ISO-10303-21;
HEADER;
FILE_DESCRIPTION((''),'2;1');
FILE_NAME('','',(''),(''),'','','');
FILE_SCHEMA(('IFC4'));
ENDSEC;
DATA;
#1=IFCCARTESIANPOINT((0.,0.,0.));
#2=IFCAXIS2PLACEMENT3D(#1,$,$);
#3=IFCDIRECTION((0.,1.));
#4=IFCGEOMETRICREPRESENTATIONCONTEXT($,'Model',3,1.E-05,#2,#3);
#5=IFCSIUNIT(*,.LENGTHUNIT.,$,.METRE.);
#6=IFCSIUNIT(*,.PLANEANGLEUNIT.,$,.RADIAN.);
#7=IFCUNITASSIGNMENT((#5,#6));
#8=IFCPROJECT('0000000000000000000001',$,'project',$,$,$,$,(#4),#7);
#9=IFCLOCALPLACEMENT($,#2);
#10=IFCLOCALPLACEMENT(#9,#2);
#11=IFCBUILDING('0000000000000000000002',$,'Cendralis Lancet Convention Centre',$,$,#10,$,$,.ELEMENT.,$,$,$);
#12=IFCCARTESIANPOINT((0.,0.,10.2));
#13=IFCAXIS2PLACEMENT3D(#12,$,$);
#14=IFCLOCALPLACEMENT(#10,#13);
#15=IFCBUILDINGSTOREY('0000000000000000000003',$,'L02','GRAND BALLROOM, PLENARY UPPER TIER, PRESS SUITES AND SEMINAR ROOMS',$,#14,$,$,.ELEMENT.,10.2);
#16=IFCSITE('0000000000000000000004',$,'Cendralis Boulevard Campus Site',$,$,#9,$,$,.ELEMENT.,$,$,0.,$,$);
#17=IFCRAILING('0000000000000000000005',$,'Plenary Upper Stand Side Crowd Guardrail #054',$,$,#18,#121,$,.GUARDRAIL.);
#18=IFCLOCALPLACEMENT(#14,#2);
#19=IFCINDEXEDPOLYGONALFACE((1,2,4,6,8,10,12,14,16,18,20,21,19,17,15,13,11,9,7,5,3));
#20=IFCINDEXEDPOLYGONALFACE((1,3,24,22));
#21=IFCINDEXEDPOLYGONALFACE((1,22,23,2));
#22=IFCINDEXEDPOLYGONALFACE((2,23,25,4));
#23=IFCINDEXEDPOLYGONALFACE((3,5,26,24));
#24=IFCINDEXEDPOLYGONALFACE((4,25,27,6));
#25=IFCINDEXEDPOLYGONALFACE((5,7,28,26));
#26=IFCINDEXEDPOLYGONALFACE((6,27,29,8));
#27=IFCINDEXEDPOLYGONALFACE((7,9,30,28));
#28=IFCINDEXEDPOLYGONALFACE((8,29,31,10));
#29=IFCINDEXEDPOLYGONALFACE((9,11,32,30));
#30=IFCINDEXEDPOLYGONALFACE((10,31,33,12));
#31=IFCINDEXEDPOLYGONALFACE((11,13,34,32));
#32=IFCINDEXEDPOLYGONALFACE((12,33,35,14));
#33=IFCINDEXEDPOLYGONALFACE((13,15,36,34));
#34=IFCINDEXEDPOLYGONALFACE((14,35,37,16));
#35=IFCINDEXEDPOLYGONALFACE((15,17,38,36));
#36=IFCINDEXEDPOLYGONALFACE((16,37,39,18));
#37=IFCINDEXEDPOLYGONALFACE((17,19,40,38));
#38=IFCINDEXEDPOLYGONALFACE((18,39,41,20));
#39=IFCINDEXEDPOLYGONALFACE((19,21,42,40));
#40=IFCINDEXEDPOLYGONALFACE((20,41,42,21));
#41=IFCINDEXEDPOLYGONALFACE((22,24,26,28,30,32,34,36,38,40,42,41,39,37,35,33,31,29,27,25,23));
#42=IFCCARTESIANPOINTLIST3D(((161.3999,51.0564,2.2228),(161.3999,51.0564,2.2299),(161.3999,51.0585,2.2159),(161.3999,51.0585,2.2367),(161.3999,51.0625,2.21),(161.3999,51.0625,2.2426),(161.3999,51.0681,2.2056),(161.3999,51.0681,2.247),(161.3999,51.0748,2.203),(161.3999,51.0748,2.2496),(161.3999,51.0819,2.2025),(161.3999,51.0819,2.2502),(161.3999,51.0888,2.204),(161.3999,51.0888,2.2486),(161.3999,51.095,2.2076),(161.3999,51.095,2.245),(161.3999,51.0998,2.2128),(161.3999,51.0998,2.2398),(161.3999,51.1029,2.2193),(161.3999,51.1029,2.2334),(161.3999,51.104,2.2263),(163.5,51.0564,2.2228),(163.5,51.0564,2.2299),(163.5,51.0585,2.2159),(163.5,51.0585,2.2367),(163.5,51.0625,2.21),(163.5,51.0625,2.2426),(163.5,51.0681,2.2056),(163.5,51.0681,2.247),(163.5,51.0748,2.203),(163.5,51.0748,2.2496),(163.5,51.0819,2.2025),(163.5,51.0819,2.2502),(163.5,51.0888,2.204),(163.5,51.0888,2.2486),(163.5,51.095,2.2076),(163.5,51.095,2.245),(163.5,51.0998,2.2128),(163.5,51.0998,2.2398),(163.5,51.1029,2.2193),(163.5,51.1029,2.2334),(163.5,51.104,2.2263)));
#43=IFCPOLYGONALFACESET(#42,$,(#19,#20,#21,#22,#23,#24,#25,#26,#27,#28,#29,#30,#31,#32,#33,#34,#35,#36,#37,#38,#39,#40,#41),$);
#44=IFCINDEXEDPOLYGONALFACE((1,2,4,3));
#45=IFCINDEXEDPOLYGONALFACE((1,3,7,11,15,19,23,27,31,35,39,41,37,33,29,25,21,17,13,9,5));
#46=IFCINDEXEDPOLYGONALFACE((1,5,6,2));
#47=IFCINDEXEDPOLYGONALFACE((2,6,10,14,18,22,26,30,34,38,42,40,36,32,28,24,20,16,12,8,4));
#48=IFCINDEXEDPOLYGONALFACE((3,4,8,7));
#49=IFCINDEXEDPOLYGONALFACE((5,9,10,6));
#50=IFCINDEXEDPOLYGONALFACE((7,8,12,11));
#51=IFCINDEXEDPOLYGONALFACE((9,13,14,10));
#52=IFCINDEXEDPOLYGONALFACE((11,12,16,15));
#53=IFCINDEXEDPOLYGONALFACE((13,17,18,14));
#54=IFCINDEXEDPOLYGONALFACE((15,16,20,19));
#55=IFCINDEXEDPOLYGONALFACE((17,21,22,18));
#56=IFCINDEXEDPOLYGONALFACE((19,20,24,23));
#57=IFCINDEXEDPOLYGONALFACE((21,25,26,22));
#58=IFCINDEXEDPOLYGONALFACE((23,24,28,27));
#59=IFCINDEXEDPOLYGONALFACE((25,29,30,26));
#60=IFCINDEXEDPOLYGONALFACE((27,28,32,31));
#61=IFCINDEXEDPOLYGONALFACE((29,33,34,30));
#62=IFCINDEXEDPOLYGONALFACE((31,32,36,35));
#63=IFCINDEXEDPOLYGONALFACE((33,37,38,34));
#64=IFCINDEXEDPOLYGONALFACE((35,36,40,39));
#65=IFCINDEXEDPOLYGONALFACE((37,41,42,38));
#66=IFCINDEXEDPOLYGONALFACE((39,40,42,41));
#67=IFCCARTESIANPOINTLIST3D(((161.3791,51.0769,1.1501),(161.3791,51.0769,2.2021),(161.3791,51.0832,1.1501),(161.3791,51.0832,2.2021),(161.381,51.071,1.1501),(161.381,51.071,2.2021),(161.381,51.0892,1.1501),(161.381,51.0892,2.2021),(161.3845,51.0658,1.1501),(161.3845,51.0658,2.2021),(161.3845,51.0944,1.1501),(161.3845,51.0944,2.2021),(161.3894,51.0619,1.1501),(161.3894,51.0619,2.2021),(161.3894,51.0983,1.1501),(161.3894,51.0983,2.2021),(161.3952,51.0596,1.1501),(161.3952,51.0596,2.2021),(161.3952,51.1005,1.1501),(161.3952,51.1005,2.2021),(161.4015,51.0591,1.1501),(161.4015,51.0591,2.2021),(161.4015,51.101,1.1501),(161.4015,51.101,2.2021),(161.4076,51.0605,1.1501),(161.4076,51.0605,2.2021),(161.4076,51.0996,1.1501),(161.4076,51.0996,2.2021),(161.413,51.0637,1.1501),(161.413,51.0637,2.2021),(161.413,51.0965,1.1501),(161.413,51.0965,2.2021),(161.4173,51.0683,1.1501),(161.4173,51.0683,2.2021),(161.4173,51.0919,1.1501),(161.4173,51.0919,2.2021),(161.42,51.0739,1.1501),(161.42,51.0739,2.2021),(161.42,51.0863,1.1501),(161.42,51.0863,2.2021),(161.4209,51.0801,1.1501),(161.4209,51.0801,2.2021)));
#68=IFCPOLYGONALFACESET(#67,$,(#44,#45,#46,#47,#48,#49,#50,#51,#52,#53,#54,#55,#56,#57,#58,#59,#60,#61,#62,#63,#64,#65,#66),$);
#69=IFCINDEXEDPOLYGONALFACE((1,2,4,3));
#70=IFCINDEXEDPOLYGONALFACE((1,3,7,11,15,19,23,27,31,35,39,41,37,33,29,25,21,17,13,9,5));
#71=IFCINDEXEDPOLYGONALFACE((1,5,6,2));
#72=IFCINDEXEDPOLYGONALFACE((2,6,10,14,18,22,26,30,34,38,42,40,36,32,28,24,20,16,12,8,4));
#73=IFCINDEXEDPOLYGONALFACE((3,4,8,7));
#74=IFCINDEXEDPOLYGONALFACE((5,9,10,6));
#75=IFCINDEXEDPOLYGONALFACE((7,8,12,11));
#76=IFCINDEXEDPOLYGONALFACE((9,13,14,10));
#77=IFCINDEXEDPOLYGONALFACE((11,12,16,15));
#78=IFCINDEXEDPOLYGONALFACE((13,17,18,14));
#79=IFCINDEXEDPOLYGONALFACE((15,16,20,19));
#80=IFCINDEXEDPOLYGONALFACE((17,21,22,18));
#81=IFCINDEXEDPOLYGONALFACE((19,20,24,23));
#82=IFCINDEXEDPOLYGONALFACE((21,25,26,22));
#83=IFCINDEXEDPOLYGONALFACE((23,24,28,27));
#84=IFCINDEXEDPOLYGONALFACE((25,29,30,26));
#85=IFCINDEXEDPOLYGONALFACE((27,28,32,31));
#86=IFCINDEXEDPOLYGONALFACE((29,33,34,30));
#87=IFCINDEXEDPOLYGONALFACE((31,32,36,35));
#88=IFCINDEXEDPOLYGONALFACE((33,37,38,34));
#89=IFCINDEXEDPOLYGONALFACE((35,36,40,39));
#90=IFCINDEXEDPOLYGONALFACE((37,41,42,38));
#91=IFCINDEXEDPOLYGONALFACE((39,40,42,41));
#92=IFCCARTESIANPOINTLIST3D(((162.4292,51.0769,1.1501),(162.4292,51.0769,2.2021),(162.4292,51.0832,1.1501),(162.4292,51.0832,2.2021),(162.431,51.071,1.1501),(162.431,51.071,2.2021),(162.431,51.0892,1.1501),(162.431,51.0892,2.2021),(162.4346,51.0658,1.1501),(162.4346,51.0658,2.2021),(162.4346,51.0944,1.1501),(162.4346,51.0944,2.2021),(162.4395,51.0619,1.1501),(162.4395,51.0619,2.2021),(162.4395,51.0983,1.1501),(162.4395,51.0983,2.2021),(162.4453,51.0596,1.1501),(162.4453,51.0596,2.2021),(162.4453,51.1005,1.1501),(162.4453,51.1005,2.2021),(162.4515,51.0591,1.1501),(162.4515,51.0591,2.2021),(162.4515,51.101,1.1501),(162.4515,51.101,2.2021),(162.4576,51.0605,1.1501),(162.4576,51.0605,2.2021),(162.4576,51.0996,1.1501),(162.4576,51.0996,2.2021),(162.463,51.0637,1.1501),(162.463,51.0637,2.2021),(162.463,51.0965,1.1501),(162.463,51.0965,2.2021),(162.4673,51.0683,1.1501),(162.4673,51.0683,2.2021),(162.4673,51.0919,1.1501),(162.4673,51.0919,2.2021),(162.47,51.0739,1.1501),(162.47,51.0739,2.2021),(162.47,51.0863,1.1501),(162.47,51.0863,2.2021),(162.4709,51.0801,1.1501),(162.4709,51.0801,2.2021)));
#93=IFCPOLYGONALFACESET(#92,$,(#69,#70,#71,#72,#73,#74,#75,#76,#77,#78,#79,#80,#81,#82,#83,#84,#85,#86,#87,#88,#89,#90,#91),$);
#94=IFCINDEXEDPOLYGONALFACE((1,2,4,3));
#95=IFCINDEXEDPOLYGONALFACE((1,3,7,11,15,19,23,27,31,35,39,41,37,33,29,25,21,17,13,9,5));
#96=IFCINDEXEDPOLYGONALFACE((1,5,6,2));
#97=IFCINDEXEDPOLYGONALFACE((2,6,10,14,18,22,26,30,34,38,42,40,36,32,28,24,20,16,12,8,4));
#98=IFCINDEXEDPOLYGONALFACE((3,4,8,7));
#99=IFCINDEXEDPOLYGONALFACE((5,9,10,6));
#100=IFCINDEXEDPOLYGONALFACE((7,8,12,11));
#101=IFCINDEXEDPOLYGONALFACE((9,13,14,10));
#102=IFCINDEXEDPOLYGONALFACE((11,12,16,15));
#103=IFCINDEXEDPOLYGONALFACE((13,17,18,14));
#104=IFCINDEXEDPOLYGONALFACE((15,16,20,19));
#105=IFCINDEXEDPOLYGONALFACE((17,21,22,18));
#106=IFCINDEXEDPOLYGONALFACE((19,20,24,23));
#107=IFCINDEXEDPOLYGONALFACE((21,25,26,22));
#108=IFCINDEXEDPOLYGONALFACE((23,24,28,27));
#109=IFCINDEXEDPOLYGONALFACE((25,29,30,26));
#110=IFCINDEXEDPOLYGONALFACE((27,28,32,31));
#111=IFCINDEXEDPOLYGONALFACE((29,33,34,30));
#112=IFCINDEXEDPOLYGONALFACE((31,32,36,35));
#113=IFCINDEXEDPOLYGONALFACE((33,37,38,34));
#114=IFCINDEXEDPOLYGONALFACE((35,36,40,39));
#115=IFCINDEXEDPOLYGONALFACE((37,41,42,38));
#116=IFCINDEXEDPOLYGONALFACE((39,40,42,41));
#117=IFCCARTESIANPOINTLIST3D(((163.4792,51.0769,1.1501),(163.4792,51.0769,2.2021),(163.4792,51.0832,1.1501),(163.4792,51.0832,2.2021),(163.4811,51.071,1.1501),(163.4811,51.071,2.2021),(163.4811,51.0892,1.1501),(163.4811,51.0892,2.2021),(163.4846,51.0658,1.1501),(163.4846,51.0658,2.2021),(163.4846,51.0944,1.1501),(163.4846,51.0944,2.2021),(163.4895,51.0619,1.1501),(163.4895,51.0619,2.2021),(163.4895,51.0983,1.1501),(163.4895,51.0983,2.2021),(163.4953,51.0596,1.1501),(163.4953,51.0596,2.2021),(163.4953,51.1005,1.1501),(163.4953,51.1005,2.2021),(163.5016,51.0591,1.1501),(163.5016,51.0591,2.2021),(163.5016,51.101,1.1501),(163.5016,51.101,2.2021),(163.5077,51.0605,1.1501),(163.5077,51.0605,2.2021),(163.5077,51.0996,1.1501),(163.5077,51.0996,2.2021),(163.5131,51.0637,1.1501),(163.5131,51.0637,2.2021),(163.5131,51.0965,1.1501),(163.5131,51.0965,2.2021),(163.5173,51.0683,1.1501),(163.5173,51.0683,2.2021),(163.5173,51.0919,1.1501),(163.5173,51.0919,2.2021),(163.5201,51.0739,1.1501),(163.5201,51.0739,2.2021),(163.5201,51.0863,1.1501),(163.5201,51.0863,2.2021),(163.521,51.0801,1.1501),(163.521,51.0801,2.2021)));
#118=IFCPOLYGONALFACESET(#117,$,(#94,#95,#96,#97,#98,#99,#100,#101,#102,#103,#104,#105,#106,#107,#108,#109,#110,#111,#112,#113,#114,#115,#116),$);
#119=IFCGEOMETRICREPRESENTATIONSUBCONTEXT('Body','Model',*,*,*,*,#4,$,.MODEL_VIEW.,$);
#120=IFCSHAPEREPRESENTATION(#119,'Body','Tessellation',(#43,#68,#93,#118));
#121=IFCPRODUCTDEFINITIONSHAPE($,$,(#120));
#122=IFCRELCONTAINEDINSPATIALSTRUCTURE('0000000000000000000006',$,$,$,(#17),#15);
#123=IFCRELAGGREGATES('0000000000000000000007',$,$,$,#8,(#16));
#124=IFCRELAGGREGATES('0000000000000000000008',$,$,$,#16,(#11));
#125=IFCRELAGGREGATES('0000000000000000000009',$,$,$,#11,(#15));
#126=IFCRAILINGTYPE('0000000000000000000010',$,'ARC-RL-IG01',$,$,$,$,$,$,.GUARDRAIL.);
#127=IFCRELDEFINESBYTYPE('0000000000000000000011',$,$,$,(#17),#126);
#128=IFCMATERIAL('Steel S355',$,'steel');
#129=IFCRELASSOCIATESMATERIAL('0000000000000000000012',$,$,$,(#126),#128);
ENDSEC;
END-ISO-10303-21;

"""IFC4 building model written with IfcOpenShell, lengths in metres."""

from ifc_helpers import new_model, si_unit, direction, frame, origin, origin_2d, place, context, subcontext, project, spatial, circle, extrude, material, type_object, element, save


model = new_model("IFC4")

# Units and contexts
model_context = context("Model", 3, precision=1e-05, world=origin(), true_north=direction((0.0, 1.0)))
body_context = subcontext(model_context, "Body", "Model", "MODEL_VIEW")
ifc_project = project(units=[si_unit("LENGTHUNIT", "METRE"), si_unit("PLANEANGLEUNIT", "RADIAN")], contexts=[model_context])

# Site, building, storey
site_placement = place(None, origin())
site = spatial("IfcSite", under=ifc_project, at=site_placement, Name="Cendralis Boulevard Campus Site", CompositionType="ELEMENT", RefElevation=0.0)
building_placement = place(site_placement, origin())
building = spatial("IfcBuilding", under=site, at=building_placement, Name="Cendralis Lancet Convention Centre", CompositionType="ELEMENT")
storey_placement = place(building_placement, frame((0.0, 0.0, 10.2)))
storey = spatial("IfcBuildingStorey", under=building, at=storey_placement, Name="L02", Description="GRAND BALLROOM, PLENARY UPPER TIER, PRESS SUITES AND SEMINAR ROOMS", CompositionType="ELEMENT", Elevation=10.2)

# Shared definitions
ifc_material_1 = material(Name="Steel S355", Category="steel")

# Railing
railing_type = type_object("IfcRailingType", Name="ARC-RL-IG01", PredefinedType="GUARDRAIL", material=ifc_material_1)
railing_1_placement = place(storey_placement, frame((161.3999, 51.0801, 1.1501)))
element("IfcRailing", 1, at=railing_1_placement, inside=storey, type_object=railing_type, Name="Plenary Upper Stand Side Crowd Guardrail #054", PredefinedType="GUARDRAIL", context=body_context, shape_type="SweptSolid", body=[
    extrude(circle(Radius=0.0239, at=origin_2d()), frame((0.0, 0.0, 1.0762), z_axis=(1.0, 0.0, 0.0), x_axis=(0.0, 1.0, 0.0)), (0.0, 0.0, 1.0), 2.1001),
    extrude(circle(Radius=0.021, at=origin_2d()), origin(), (0.0, 0.0, 1.0), 1.052),
    extrude(circle(Radius=0.021, at=origin_2d()), frame((1.05, 0.0, 0.0)), (0.0, 0.0, 1.0), 1.052),
    extrude(circle(Radius=0.021, at=origin_2d()), frame((2.1001, 0.0, 0.0)), (0.0, 0.0, 1.0), 1.052),
])

save(model, "model.ifc")
